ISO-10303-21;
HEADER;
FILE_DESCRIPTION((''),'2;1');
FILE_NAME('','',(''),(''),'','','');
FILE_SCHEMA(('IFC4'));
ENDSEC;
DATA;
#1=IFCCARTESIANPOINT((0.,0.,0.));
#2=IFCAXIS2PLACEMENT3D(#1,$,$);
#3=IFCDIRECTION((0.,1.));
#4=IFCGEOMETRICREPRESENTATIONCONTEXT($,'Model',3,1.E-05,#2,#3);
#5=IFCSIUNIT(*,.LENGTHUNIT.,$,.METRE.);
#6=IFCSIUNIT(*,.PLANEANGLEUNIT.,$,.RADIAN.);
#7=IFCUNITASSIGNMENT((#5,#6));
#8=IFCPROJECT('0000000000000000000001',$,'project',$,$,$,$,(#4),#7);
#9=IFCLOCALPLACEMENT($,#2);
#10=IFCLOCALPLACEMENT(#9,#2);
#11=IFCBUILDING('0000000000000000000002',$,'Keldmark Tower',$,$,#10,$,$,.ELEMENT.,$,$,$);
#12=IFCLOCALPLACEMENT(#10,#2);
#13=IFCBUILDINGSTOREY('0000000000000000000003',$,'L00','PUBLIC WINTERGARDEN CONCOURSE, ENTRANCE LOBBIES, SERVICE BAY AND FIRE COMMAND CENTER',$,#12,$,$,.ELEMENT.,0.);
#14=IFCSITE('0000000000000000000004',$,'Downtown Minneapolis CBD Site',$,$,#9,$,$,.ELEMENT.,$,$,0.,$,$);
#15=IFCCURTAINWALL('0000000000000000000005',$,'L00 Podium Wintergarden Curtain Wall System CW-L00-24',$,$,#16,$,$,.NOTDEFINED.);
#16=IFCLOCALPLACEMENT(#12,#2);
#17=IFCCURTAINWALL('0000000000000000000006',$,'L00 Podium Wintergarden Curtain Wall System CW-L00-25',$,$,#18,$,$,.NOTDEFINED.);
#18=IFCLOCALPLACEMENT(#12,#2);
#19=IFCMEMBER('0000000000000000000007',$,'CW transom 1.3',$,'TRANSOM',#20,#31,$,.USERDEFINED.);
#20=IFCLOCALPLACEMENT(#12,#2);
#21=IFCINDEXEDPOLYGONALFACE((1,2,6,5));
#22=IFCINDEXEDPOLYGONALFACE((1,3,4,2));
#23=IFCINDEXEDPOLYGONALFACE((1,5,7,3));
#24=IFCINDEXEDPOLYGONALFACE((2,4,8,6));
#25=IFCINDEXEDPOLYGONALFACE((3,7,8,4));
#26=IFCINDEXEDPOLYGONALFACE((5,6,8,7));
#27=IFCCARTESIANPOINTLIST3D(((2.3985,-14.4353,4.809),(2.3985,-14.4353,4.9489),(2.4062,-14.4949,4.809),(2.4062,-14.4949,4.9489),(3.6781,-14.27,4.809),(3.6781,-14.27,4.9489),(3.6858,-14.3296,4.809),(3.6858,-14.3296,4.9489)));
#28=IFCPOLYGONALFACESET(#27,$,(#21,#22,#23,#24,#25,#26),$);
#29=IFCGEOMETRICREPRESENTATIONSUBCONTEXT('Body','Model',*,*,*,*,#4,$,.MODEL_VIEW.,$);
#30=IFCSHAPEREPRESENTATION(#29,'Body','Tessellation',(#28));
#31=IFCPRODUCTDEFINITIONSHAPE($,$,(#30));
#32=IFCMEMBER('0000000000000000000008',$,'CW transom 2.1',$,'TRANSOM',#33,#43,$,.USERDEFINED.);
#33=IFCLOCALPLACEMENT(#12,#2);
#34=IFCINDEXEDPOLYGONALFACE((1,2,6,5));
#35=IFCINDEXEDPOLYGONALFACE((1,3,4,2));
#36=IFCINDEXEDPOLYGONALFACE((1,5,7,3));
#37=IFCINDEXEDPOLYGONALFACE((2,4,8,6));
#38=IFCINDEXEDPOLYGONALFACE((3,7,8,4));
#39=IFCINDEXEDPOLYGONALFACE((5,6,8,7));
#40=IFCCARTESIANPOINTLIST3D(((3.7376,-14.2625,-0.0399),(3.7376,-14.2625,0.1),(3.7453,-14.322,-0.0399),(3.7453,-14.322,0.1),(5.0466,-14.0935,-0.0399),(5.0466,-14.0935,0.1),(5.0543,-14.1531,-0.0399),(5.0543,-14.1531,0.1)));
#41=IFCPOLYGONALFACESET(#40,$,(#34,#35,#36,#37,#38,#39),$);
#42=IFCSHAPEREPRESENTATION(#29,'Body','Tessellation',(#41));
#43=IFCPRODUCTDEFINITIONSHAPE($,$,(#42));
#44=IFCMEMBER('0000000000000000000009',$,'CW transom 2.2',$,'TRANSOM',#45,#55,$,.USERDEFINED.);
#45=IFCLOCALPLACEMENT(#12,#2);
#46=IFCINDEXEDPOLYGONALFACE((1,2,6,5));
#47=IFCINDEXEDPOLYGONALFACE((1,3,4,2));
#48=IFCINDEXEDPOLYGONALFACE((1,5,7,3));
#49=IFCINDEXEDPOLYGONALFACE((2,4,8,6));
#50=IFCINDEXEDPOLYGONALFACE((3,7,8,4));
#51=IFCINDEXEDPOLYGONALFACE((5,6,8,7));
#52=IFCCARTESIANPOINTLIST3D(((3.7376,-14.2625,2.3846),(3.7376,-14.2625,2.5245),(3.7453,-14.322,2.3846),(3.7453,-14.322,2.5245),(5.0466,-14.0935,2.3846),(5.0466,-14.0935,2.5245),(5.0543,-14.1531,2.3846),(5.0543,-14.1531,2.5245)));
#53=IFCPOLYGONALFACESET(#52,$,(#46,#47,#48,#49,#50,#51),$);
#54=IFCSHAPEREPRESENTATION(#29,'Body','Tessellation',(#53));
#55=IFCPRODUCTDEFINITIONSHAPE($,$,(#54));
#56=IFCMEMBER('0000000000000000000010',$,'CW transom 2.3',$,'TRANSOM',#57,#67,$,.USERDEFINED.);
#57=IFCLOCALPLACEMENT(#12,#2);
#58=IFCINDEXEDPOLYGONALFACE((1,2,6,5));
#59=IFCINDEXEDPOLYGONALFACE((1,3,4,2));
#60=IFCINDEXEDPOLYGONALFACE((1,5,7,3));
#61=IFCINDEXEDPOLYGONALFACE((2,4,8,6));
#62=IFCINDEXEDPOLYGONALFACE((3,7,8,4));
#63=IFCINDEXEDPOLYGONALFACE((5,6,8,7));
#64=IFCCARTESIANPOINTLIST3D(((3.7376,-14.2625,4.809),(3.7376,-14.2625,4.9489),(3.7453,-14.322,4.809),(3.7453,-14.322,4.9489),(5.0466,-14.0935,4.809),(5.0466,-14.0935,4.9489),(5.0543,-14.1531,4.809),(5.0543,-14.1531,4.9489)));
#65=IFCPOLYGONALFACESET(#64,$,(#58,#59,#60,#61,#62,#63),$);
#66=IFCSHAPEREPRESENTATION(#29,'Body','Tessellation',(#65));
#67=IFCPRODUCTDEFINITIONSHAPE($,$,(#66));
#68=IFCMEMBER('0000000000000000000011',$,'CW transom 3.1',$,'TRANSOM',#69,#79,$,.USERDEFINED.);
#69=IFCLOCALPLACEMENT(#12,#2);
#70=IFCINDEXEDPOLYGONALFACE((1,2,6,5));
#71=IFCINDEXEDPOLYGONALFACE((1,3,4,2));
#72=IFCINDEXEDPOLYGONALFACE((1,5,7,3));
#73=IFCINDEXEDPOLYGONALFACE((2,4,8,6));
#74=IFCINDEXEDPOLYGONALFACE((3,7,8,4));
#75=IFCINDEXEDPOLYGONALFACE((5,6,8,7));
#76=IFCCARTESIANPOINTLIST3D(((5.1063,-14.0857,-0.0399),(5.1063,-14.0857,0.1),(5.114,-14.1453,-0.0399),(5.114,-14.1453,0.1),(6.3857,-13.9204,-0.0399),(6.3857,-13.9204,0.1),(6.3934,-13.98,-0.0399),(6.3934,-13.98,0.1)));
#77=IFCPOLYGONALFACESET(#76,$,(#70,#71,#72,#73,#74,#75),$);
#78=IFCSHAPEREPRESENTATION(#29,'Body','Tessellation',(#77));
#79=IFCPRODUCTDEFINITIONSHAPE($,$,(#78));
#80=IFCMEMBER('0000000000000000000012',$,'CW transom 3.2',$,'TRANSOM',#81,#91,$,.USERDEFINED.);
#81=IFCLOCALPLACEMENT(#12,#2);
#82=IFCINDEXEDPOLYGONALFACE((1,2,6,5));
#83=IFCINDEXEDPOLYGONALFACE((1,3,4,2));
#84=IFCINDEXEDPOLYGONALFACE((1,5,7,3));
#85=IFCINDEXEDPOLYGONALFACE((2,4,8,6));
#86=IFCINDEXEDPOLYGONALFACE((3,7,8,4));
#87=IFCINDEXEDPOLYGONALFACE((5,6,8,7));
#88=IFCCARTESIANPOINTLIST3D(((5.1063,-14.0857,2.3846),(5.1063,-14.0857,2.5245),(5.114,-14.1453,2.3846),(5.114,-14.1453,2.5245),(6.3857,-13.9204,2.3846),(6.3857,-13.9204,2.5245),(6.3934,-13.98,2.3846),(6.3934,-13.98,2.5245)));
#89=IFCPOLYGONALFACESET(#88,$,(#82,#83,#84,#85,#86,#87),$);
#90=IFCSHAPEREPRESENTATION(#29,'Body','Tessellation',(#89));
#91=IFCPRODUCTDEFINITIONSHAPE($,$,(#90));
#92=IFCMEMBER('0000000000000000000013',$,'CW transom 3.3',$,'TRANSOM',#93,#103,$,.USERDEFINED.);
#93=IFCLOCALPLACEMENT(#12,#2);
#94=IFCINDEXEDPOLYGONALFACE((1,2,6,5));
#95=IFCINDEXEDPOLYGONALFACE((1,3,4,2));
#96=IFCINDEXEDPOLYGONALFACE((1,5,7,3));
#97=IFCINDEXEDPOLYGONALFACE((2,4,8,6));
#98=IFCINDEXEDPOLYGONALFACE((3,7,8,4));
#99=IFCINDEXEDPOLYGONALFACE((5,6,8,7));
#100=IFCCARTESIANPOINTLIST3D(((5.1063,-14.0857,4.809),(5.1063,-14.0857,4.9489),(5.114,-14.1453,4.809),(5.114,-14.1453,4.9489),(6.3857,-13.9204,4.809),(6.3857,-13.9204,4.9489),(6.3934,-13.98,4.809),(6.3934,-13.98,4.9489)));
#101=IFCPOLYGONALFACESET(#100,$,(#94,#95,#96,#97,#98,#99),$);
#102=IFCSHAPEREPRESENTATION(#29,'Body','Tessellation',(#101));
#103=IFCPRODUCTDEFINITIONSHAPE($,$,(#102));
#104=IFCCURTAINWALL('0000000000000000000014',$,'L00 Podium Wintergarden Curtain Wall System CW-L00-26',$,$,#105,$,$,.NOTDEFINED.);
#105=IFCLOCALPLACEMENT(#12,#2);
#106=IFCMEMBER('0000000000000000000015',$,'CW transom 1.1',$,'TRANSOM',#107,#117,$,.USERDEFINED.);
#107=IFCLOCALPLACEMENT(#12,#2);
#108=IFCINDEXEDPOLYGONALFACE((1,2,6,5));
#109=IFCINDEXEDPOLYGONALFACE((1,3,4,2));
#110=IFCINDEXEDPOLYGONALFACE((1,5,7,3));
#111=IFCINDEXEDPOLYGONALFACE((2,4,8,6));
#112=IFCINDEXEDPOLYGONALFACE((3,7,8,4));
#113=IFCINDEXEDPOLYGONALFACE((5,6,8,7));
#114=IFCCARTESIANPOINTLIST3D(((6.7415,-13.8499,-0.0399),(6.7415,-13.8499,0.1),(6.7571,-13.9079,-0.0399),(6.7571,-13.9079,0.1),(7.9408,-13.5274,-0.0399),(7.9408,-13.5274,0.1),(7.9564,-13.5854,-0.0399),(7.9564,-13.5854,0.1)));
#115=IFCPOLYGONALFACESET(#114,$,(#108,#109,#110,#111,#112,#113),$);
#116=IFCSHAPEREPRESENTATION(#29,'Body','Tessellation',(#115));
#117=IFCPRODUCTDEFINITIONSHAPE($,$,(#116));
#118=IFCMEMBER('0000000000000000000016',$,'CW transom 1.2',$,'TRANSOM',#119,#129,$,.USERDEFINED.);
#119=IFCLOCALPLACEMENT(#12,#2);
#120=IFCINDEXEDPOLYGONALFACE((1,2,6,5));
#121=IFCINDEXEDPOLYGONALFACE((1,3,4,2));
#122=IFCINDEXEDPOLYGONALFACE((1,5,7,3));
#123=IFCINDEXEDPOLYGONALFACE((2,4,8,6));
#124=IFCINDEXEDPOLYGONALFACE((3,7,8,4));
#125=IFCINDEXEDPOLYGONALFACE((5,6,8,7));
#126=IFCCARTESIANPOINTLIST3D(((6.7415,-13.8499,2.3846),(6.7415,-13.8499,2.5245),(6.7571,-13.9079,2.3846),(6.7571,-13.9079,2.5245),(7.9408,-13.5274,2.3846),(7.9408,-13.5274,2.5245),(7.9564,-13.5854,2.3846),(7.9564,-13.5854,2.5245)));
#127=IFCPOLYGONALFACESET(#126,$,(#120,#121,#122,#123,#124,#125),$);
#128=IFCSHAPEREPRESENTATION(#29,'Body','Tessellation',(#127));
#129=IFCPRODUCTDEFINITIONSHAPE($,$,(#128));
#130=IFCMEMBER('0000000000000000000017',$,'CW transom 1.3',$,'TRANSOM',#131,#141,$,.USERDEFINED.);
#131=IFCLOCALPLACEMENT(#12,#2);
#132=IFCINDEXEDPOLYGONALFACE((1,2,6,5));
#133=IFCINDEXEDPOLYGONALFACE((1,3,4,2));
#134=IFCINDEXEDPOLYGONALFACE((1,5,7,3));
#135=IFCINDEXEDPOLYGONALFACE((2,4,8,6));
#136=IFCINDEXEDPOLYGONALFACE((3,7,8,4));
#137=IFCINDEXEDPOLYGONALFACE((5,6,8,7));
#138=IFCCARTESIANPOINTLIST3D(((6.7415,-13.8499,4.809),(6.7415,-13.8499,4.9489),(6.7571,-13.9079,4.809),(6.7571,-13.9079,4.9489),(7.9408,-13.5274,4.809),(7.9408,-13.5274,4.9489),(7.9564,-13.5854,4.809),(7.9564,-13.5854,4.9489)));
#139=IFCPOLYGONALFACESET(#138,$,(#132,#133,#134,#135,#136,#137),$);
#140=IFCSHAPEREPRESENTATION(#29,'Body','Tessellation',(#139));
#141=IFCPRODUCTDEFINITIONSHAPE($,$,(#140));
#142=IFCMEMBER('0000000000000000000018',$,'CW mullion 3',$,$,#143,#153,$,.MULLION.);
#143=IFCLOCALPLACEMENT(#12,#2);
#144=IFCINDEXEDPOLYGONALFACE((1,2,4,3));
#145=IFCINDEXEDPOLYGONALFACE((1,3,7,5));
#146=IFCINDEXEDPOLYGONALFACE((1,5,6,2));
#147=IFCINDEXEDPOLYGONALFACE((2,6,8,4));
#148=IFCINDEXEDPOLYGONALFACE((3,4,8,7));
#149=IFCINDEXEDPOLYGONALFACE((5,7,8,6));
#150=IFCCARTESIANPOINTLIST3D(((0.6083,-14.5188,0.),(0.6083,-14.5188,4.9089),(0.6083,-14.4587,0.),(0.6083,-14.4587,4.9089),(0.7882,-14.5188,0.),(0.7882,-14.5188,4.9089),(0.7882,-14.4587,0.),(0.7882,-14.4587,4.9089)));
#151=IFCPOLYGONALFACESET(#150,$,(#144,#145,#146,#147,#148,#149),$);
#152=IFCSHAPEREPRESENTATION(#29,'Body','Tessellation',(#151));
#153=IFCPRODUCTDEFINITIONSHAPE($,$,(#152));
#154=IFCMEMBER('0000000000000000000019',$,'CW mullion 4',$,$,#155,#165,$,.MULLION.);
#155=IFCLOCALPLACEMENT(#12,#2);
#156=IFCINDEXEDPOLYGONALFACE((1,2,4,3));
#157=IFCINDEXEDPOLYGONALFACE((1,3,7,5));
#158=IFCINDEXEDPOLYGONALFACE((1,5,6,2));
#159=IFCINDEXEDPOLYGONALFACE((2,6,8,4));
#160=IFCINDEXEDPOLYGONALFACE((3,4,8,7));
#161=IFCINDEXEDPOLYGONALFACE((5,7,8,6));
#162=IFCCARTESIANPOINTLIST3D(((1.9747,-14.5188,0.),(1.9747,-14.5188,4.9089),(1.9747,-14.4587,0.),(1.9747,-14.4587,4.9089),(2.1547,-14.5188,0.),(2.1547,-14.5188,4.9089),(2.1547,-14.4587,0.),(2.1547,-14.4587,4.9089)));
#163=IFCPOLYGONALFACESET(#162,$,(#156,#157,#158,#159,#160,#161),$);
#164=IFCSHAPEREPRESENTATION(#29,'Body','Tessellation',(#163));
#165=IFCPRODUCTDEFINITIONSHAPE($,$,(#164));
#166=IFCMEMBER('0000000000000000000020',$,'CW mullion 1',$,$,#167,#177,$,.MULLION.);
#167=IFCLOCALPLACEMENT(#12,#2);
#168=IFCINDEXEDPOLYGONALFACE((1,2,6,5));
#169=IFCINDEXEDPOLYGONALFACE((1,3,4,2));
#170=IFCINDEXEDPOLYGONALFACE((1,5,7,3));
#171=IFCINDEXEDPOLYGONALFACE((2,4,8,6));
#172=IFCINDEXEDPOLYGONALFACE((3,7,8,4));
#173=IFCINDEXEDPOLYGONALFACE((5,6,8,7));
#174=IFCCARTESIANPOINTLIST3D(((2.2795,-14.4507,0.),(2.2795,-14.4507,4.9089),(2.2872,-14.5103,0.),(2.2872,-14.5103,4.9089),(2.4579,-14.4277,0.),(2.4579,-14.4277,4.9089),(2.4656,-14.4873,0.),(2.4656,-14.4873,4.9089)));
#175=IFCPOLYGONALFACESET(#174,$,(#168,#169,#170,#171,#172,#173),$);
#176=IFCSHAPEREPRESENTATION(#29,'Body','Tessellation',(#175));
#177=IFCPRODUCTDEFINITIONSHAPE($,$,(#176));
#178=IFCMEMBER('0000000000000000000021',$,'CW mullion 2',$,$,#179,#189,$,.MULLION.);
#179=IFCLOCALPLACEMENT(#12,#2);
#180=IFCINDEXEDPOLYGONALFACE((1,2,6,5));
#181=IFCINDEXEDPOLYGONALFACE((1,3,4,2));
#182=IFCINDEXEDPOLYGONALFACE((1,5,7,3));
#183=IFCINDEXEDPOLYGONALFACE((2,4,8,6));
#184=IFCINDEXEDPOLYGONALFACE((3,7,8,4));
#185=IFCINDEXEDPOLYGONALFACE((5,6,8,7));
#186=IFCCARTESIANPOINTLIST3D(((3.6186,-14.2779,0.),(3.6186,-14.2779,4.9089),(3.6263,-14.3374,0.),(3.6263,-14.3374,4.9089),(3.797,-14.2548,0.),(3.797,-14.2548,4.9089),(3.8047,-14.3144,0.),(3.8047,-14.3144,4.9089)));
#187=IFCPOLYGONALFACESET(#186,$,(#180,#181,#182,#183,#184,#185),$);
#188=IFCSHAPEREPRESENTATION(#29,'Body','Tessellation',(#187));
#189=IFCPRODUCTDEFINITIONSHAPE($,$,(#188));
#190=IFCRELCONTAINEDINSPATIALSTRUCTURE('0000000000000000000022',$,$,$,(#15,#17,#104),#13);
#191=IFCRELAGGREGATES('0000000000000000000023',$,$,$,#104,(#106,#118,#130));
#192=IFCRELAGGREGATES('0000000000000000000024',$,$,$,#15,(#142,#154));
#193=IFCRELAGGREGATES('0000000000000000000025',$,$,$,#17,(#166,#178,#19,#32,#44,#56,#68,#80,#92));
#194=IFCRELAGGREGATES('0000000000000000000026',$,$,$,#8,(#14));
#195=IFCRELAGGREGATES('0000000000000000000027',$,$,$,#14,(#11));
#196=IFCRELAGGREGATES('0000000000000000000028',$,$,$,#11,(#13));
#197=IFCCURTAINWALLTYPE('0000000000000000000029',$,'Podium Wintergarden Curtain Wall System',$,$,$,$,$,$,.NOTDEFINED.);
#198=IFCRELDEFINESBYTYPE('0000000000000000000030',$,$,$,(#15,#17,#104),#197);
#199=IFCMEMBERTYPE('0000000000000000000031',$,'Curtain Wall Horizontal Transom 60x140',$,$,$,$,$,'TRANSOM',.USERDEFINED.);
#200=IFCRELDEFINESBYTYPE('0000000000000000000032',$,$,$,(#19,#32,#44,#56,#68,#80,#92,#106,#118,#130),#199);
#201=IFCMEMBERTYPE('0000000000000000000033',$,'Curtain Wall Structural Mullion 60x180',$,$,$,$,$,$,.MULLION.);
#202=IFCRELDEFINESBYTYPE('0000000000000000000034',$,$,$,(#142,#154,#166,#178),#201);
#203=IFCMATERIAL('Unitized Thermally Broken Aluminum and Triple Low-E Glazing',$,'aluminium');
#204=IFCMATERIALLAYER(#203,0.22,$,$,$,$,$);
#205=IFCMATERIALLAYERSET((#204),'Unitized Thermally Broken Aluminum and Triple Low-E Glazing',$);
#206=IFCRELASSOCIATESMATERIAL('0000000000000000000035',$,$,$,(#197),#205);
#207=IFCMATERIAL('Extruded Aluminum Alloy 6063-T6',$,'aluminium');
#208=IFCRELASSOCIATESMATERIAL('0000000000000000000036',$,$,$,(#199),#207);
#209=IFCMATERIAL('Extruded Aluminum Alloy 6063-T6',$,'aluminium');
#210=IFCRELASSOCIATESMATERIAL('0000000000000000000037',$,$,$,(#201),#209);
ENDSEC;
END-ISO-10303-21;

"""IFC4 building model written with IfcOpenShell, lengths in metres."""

from ifc_helpers import new_model, si_unit, direction, frame, origin, origin_2d, place, context, subcontext, project, spatial, rectangle, extrude, material, layer, layer_set, material_profile, profile_set, type_object, element, aggregate, save


model = new_model("IFC4")

# Units and contexts
model_context = context("Model", 3, precision=1e-05, world=origin(), true_north=direction((0.0, 1.0)))
body_context = subcontext(model_context, "Body", "Model", "MODEL_VIEW")
ifc_project = project(units=[si_unit("LENGTHUNIT", "METRE"), si_unit("PLANEANGLEUNIT", "RADIAN")], contexts=[model_context])

# Site, building, storey
site_placement = place(None, origin())
site = spatial("IfcSite", under=ifc_project, at=site_placement, Name="Downtown Minneapolis CBD Site", CompositionType="ELEMENT", RefElevation=0.0)
building_placement = place(site_placement, origin())
building = spatial("IfcBuilding", under=site, at=building_placement, Name="Keldmark Tower", CompositionType="ELEMENT")
storey_placement = place(building_placement, origin())
storey = spatial("IfcBuildingStorey", under=building, at=storey_placement, Name="L00", Description="PUBLIC WINTERGARDEN CONCOURSE, ENTRANCE LOBBIES, SERVICE BAY AND FIRE COMMAND CENTER", CompositionType="ELEMENT", Elevation=0.0)

# Curtain walls, members
ifc_material_1 = material(Name="Unitized Thermally Broken Aluminum and Triple Low-E Glazing", Category="aluminium")
ifc_layer_1 = layer(ifc_material_1, 0.22)
ifc_layer_set_1 = layer_set([ifc_layer_1], Name="Unitized Thermally Broken Aluminum and Triple Low-E Glazing")
curtain_wall_type = type_object("IfcCurtainWallType", Name="Podium Wintergarden Curtain Wall System", PredefinedType="NOTDEFINED", material=ifc_layer_set_1)
curtain_wall_1_placement = place(storey_placement, origin())
curtain_wall_1 = element("IfcCurtainWall", 1, at=curtain_wall_1_placement, inside=storey, type_object=curtain_wall_type, Name="L00 Podium Wintergarden Curtain Wall System CW-L00-24", PredefinedType="NOTDEFINED")
ifc_material_2 = material(Name="Extruded Aluminum Alloy 6063-T6", Category="aluminium")
ifc_material_profile_1 = material_profile(ifc_material_2, rectangle(XDim=0.0601, YDim=0.1399, at=origin_2d()), Name="CWT60X140")
ifc_profile_set_1 = profile_set([ifc_material_profile_1], Name="Extruded Aluminum Alloy 6063-T6")
member_type_1 = type_object("IfcMemberType", Name="Curtain Wall Horizontal Transom 60x140", ElementType="TRANSOM", PredefinedType="USERDEFINED", material=ifc_profile_set_1)
curtain_wall_2_placement = place(storey_placement, origin())
curtain_wall_2 = element("IfcCurtainWall", 2, at=curtain_wall_2_placement, inside=storey, type_object=curtain_wall_type, Name="L00 Podium Wintergarden Curtain Wall System CW-L00-25", PredefinedType="NOTDEFINED")
member_1_placement = place(storey_placement, frame((2.4023, -14.4651, 4.8789), z_axis=(0.99176, 0.128109, 0.0), x_axis=(-0.128109, 0.99176, 0.0)))
member_1 = element("IfcMember", 3, at=member_1_placement, type_object=member_type_1, Name="CW transom 1.3", ObjectType="TRANSOM", PredefinedType="USERDEFINED", context=body_context, shape_type="SweptSolid", body=[
    extrude(rectangle(XDim=0.0601, YDim=0.1399, at=origin_2d()), origin(), (0.0, 0.0, 1.0), 1.2903),
])
member_2_placement = place(storey_placement, frame((3.7415, -14.2922, 0.03), z_axis=(0.991775, 0.127995, 0.0), x_axis=(-0.127995, 0.991775, 0.0)))
member_2 = element("IfcMember", 4, at=member_2_placement, type_object=member_type_1, Name="CW transom 2.1", ObjectType="TRANSOM", PredefinedType="USERDEFINED", context=body_context, shape_type="SweptSolid", body=[
    extrude(rectangle(XDim=0.0601, YDim=0.1399, at=origin_2d()), origin(), (0.0, 0.0, 1.0), 1.3198),
])
member_3_placement = place(storey_placement, frame((3.7415, -14.2922, 2.4546), z_axis=(0.991775, 0.127995, 0.0), x_axis=(-0.127995, 0.991775, 0.0)))
member_3 = element("IfcMember", 5, at=member_3_placement, type_object=member_type_1, Name="CW transom 2.2", ObjectType="TRANSOM", PredefinedType="USERDEFINED", context=body_context, shape_type="SweptSolid", body=[
    extrude(rectangle(XDim=0.0601, YDim=0.1399, at=origin_2d()), origin(), (0.0, 0.0, 1.0), 1.3198),
])
member_4_placement = place(storey_placement, frame((3.7415, -14.2922, 4.8789), z_axis=(0.991775, 0.127995, 0.0), x_axis=(-0.127995, 0.991775, 0.0)))
member_4 = element("IfcMember", 6, at=member_4_placement, type_object=member_type_1, Name="CW transom 2.3", ObjectType="TRANSOM", PredefinedType="USERDEFINED", context=body_context, shape_type="SweptSolid", body=[
    extrude(rectangle(XDim=0.0601, YDim=0.1399, at=origin_2d()), origin(), (0.0, 0.0, 1.0), 1.3198),
])
member_5_placement = place(storey_placement, frame((5.1101, -14.1155, 0.03), z_axis=(0.991757, 0.128133, 0.0), x_axis=(-0.128133, 0.991757, 0.0)))
member_5 = element("IfcMember", 7, at=member_5_placement, type_object=member_type_1, Name="CW transom 3.1", ObjectType="TRANSOM", PredefinedType="USERDEFINED", context=body_context, shape_type="SweptSolid", body=[
    extrude(rectangle(XDim=0.0601, YDim=0.1399, at=origin_2d()), origin(), (0.0, 0.0, 1.0), 1.29),
])
member_6_placement = place(storey_placement, frame((5.1101, -14.1155, 2.4546), z_axis=(0.991757, 0.128133, 0.0), x_axis=(-0.128133, 0.991757, 0.0)))
member_6 = element("IfcMember", 8, at=member_6_placement, type_object=member_type_1, Name="CW transom 3.2", ObjectType="TRANSOM", PredefinedType="USERDEFINED", context=body_context, shape_type="SweptSolid", body=[
    extrude(rectangle(XDim=0.0601, YDim=0.1399, at=origin_2d()), origin(), (0.0, 0.0, 1.0), 1.29),
])
member_7_placement = place(storey_placement, frame((5.1101, -14.1155, 4.8789), z_axis=(0.991757, 0.128133, 0.0), x_axis=(-0.128133, 0.991757, 0.0)))
member_7 = element("IfcMember", 9, at=member_7_placement, type_object=member_type_1, Name="CW transom 3.3", ObjectType="TRANSOM", PredefinedType="USERDEFINED", context=body_context, shape_type="SweptSolid", body=[
    extrude(rectangle(XDim=0.0601, YDim=0.1399, at=origin_2d()), origin(), (0.0, 0.0, 1.0), 1.29),
])
curtain_wall_3_placement = place(storey_placement, origin())
curtain_wall_3 = element("IfcCurtainWall", 10, at=curtain_wall_3_placement, inside=storey, type_object=curtain_wall_type, Name="L00 Podium Wintergarden Curtain Wall System CW-L00-26", PredefinedType="NOTDEFINED")
member_8_placement = place(storey_placement, frame((6.7493, -13.8789, 0.03), z_axis=(0.965701, 0.259656, 0.0), x_axis=(-0.259656, 0.965701, 0.0)))
member_8 = element("IfcMember", 11, at=member_8_placement, type_object=member_type_1, Name="CW transom 1.1", ObjectType="TRANSOM", PredefinedType="USERDEFINED", context=body_context, shape_type="SweptSolid", body=[
    extrude(rectangle(XDim=0.0601, YDim=0.1399, at=origin_2d()), origin(), (0.0, 0.0, 1.0), 1.2419),
])
member_9_placement = place(storey_placement, frame((6.7493, -13.8789, 2.4546), z_axis=(0.965701, 0.259656, 0.0), x_axis=(-0.259656, 0.965701, 0.0)))
member_9 = element("IfcMember", 12, at=member_9_placement, type_object=member_type_1, Name="CW transom 1.2", ObjectType="TRANSOM", PredefinedType="USERDEFINED", context=body_context, shape_type="SweptSolid", body=[
    extrude(rectangle(XDim=0.0601, YDim=0.1399, at=origin_2d()), origin(), (0.0, 0.0, 1.0), 1.2419),
])
member_10_placement = place(storey_placement, frame((6.7493, -13.8789, 4.8789), z_axis=(0.965701, 0.259656, 0.0), x_axis=(-0.259656, 0.965701, 0.0)))
member_10 = element("IfcMember", 13, at=member_10_placement, type_object=member_type_1, Name="CW transom 1.3", ObjectType="TRANSOM", PredefinedType="USERDEFINED", context=body_context, shape_type="SweptSolid", body=[
    extrude(rectangle(XDim=0.0601, YDim=0.1399, at=origin_2d()), origin(), (0.0, 0.0, 1.0), 1.2419),
])

# Members
ifc_material_3 = material(Name="Extruded Aluminum Alloy 6063-T6", Category="aluminium")
ifc_material_profile_2 = material_profile(ifc_material_3, rectangle(XDim=0.0601, YDim=0.1799, at=origin_2d()), Name="CWM60X180")
ifc_profile_set_2 = profile_set([ifc_material_profile_2], Name="Extruded Aluminum Alloy 6063-T6")
member_type_2 = type_object("IfcMemberType", Name="Curtain Wall Structural Mullion 60x180", PredefinedType="MULLION", material=ifc_profile_set_2)
member_11_placement = place(storey_placement, frame((0.6982, -14.4888, 0.0), z_axis=(0.0, 0.0, 1.0), x_axis=(0.0, 1.0, 0.0)))
member_11 = element("IfcMember", 14, at=member_11_placement, type_object=member_type_2, Name="CW mullion 3", PredefinedType="MULLION", context=body_context, shape_type="SweptSolid", body=[
    extrude(rectangle(XDim=0.0601, YDim=0.1799, at=origin_2d()), origin(), (0.0, 0.0, 1.0), 4.9089),
])
member_12_placement = place(storey_placement, frame((2.0647, -14.4888, 0.0), z_axis=(0.0, 0.0, 1.0), x_axis=(0.0, 1.0, 0.0)))
member_12 = element("IfcMember", 15, at=member_12_placement, type_object=member_type_2, Name="CW mullion 4", PredefinedType="MULLION", context=body_context, shape_type="SweptSolid", body=[
    extrude(rectangle(XDim=0.0601, YDim=0.1799, at=origin_2d()), origin(), (0.0, 0.0, 1.0), 4.9089),
])
member_13_placement = place(storey_placement, frame((2.3726, -14.469, 0.0), z_axis=(0.0, 0.0, 1.0), x_axis=(-0.128062, 0.991766, 0.0)))
member_13 = element("IfcMember", 16, at=member_13_placement, type_object=member_type_2, Name="CW mullion 1", PredefinedType="MULLION", context=body_context, shape_type="SweptSolid", body=[
    extrude(rectangle(XDim=0.0601, YDim=0.1799, at=origin_2d()), origin(), (0.0, 0.0, 1.0), 4.9089),
])
member_14_placement = place(storey_placement, frame((3.7117, -14.2961, 0.0), z_axis=(0.0, 0.0, 1.0), x_axis=(-0.128062, 0.991766, 0.0)))
member_14 = element("IfcMember", 17, at=member_14_placement, type_object=member_type_2, Name="CW mullion 2", PredefinedType="MULLION", context=body_context, shape_type="SweptSolid", body=[
    extrude(rectangle(XDim=0.0601, YDim=0.1799, at=origin_2d()), origin(), (0.0, 0.0, 1.0), 4.9089),
])
aggregate(curtain_wall_3, [member_8, member_9, member_10])

aggregate(curtain_wall_1, [member_11, member_12])
aggregate(curtain_wall_2, [member_13, member_14, member_1, member_2, member_3, member_4, member_5, member_6, member_7])

save(model, "model.ifc")
